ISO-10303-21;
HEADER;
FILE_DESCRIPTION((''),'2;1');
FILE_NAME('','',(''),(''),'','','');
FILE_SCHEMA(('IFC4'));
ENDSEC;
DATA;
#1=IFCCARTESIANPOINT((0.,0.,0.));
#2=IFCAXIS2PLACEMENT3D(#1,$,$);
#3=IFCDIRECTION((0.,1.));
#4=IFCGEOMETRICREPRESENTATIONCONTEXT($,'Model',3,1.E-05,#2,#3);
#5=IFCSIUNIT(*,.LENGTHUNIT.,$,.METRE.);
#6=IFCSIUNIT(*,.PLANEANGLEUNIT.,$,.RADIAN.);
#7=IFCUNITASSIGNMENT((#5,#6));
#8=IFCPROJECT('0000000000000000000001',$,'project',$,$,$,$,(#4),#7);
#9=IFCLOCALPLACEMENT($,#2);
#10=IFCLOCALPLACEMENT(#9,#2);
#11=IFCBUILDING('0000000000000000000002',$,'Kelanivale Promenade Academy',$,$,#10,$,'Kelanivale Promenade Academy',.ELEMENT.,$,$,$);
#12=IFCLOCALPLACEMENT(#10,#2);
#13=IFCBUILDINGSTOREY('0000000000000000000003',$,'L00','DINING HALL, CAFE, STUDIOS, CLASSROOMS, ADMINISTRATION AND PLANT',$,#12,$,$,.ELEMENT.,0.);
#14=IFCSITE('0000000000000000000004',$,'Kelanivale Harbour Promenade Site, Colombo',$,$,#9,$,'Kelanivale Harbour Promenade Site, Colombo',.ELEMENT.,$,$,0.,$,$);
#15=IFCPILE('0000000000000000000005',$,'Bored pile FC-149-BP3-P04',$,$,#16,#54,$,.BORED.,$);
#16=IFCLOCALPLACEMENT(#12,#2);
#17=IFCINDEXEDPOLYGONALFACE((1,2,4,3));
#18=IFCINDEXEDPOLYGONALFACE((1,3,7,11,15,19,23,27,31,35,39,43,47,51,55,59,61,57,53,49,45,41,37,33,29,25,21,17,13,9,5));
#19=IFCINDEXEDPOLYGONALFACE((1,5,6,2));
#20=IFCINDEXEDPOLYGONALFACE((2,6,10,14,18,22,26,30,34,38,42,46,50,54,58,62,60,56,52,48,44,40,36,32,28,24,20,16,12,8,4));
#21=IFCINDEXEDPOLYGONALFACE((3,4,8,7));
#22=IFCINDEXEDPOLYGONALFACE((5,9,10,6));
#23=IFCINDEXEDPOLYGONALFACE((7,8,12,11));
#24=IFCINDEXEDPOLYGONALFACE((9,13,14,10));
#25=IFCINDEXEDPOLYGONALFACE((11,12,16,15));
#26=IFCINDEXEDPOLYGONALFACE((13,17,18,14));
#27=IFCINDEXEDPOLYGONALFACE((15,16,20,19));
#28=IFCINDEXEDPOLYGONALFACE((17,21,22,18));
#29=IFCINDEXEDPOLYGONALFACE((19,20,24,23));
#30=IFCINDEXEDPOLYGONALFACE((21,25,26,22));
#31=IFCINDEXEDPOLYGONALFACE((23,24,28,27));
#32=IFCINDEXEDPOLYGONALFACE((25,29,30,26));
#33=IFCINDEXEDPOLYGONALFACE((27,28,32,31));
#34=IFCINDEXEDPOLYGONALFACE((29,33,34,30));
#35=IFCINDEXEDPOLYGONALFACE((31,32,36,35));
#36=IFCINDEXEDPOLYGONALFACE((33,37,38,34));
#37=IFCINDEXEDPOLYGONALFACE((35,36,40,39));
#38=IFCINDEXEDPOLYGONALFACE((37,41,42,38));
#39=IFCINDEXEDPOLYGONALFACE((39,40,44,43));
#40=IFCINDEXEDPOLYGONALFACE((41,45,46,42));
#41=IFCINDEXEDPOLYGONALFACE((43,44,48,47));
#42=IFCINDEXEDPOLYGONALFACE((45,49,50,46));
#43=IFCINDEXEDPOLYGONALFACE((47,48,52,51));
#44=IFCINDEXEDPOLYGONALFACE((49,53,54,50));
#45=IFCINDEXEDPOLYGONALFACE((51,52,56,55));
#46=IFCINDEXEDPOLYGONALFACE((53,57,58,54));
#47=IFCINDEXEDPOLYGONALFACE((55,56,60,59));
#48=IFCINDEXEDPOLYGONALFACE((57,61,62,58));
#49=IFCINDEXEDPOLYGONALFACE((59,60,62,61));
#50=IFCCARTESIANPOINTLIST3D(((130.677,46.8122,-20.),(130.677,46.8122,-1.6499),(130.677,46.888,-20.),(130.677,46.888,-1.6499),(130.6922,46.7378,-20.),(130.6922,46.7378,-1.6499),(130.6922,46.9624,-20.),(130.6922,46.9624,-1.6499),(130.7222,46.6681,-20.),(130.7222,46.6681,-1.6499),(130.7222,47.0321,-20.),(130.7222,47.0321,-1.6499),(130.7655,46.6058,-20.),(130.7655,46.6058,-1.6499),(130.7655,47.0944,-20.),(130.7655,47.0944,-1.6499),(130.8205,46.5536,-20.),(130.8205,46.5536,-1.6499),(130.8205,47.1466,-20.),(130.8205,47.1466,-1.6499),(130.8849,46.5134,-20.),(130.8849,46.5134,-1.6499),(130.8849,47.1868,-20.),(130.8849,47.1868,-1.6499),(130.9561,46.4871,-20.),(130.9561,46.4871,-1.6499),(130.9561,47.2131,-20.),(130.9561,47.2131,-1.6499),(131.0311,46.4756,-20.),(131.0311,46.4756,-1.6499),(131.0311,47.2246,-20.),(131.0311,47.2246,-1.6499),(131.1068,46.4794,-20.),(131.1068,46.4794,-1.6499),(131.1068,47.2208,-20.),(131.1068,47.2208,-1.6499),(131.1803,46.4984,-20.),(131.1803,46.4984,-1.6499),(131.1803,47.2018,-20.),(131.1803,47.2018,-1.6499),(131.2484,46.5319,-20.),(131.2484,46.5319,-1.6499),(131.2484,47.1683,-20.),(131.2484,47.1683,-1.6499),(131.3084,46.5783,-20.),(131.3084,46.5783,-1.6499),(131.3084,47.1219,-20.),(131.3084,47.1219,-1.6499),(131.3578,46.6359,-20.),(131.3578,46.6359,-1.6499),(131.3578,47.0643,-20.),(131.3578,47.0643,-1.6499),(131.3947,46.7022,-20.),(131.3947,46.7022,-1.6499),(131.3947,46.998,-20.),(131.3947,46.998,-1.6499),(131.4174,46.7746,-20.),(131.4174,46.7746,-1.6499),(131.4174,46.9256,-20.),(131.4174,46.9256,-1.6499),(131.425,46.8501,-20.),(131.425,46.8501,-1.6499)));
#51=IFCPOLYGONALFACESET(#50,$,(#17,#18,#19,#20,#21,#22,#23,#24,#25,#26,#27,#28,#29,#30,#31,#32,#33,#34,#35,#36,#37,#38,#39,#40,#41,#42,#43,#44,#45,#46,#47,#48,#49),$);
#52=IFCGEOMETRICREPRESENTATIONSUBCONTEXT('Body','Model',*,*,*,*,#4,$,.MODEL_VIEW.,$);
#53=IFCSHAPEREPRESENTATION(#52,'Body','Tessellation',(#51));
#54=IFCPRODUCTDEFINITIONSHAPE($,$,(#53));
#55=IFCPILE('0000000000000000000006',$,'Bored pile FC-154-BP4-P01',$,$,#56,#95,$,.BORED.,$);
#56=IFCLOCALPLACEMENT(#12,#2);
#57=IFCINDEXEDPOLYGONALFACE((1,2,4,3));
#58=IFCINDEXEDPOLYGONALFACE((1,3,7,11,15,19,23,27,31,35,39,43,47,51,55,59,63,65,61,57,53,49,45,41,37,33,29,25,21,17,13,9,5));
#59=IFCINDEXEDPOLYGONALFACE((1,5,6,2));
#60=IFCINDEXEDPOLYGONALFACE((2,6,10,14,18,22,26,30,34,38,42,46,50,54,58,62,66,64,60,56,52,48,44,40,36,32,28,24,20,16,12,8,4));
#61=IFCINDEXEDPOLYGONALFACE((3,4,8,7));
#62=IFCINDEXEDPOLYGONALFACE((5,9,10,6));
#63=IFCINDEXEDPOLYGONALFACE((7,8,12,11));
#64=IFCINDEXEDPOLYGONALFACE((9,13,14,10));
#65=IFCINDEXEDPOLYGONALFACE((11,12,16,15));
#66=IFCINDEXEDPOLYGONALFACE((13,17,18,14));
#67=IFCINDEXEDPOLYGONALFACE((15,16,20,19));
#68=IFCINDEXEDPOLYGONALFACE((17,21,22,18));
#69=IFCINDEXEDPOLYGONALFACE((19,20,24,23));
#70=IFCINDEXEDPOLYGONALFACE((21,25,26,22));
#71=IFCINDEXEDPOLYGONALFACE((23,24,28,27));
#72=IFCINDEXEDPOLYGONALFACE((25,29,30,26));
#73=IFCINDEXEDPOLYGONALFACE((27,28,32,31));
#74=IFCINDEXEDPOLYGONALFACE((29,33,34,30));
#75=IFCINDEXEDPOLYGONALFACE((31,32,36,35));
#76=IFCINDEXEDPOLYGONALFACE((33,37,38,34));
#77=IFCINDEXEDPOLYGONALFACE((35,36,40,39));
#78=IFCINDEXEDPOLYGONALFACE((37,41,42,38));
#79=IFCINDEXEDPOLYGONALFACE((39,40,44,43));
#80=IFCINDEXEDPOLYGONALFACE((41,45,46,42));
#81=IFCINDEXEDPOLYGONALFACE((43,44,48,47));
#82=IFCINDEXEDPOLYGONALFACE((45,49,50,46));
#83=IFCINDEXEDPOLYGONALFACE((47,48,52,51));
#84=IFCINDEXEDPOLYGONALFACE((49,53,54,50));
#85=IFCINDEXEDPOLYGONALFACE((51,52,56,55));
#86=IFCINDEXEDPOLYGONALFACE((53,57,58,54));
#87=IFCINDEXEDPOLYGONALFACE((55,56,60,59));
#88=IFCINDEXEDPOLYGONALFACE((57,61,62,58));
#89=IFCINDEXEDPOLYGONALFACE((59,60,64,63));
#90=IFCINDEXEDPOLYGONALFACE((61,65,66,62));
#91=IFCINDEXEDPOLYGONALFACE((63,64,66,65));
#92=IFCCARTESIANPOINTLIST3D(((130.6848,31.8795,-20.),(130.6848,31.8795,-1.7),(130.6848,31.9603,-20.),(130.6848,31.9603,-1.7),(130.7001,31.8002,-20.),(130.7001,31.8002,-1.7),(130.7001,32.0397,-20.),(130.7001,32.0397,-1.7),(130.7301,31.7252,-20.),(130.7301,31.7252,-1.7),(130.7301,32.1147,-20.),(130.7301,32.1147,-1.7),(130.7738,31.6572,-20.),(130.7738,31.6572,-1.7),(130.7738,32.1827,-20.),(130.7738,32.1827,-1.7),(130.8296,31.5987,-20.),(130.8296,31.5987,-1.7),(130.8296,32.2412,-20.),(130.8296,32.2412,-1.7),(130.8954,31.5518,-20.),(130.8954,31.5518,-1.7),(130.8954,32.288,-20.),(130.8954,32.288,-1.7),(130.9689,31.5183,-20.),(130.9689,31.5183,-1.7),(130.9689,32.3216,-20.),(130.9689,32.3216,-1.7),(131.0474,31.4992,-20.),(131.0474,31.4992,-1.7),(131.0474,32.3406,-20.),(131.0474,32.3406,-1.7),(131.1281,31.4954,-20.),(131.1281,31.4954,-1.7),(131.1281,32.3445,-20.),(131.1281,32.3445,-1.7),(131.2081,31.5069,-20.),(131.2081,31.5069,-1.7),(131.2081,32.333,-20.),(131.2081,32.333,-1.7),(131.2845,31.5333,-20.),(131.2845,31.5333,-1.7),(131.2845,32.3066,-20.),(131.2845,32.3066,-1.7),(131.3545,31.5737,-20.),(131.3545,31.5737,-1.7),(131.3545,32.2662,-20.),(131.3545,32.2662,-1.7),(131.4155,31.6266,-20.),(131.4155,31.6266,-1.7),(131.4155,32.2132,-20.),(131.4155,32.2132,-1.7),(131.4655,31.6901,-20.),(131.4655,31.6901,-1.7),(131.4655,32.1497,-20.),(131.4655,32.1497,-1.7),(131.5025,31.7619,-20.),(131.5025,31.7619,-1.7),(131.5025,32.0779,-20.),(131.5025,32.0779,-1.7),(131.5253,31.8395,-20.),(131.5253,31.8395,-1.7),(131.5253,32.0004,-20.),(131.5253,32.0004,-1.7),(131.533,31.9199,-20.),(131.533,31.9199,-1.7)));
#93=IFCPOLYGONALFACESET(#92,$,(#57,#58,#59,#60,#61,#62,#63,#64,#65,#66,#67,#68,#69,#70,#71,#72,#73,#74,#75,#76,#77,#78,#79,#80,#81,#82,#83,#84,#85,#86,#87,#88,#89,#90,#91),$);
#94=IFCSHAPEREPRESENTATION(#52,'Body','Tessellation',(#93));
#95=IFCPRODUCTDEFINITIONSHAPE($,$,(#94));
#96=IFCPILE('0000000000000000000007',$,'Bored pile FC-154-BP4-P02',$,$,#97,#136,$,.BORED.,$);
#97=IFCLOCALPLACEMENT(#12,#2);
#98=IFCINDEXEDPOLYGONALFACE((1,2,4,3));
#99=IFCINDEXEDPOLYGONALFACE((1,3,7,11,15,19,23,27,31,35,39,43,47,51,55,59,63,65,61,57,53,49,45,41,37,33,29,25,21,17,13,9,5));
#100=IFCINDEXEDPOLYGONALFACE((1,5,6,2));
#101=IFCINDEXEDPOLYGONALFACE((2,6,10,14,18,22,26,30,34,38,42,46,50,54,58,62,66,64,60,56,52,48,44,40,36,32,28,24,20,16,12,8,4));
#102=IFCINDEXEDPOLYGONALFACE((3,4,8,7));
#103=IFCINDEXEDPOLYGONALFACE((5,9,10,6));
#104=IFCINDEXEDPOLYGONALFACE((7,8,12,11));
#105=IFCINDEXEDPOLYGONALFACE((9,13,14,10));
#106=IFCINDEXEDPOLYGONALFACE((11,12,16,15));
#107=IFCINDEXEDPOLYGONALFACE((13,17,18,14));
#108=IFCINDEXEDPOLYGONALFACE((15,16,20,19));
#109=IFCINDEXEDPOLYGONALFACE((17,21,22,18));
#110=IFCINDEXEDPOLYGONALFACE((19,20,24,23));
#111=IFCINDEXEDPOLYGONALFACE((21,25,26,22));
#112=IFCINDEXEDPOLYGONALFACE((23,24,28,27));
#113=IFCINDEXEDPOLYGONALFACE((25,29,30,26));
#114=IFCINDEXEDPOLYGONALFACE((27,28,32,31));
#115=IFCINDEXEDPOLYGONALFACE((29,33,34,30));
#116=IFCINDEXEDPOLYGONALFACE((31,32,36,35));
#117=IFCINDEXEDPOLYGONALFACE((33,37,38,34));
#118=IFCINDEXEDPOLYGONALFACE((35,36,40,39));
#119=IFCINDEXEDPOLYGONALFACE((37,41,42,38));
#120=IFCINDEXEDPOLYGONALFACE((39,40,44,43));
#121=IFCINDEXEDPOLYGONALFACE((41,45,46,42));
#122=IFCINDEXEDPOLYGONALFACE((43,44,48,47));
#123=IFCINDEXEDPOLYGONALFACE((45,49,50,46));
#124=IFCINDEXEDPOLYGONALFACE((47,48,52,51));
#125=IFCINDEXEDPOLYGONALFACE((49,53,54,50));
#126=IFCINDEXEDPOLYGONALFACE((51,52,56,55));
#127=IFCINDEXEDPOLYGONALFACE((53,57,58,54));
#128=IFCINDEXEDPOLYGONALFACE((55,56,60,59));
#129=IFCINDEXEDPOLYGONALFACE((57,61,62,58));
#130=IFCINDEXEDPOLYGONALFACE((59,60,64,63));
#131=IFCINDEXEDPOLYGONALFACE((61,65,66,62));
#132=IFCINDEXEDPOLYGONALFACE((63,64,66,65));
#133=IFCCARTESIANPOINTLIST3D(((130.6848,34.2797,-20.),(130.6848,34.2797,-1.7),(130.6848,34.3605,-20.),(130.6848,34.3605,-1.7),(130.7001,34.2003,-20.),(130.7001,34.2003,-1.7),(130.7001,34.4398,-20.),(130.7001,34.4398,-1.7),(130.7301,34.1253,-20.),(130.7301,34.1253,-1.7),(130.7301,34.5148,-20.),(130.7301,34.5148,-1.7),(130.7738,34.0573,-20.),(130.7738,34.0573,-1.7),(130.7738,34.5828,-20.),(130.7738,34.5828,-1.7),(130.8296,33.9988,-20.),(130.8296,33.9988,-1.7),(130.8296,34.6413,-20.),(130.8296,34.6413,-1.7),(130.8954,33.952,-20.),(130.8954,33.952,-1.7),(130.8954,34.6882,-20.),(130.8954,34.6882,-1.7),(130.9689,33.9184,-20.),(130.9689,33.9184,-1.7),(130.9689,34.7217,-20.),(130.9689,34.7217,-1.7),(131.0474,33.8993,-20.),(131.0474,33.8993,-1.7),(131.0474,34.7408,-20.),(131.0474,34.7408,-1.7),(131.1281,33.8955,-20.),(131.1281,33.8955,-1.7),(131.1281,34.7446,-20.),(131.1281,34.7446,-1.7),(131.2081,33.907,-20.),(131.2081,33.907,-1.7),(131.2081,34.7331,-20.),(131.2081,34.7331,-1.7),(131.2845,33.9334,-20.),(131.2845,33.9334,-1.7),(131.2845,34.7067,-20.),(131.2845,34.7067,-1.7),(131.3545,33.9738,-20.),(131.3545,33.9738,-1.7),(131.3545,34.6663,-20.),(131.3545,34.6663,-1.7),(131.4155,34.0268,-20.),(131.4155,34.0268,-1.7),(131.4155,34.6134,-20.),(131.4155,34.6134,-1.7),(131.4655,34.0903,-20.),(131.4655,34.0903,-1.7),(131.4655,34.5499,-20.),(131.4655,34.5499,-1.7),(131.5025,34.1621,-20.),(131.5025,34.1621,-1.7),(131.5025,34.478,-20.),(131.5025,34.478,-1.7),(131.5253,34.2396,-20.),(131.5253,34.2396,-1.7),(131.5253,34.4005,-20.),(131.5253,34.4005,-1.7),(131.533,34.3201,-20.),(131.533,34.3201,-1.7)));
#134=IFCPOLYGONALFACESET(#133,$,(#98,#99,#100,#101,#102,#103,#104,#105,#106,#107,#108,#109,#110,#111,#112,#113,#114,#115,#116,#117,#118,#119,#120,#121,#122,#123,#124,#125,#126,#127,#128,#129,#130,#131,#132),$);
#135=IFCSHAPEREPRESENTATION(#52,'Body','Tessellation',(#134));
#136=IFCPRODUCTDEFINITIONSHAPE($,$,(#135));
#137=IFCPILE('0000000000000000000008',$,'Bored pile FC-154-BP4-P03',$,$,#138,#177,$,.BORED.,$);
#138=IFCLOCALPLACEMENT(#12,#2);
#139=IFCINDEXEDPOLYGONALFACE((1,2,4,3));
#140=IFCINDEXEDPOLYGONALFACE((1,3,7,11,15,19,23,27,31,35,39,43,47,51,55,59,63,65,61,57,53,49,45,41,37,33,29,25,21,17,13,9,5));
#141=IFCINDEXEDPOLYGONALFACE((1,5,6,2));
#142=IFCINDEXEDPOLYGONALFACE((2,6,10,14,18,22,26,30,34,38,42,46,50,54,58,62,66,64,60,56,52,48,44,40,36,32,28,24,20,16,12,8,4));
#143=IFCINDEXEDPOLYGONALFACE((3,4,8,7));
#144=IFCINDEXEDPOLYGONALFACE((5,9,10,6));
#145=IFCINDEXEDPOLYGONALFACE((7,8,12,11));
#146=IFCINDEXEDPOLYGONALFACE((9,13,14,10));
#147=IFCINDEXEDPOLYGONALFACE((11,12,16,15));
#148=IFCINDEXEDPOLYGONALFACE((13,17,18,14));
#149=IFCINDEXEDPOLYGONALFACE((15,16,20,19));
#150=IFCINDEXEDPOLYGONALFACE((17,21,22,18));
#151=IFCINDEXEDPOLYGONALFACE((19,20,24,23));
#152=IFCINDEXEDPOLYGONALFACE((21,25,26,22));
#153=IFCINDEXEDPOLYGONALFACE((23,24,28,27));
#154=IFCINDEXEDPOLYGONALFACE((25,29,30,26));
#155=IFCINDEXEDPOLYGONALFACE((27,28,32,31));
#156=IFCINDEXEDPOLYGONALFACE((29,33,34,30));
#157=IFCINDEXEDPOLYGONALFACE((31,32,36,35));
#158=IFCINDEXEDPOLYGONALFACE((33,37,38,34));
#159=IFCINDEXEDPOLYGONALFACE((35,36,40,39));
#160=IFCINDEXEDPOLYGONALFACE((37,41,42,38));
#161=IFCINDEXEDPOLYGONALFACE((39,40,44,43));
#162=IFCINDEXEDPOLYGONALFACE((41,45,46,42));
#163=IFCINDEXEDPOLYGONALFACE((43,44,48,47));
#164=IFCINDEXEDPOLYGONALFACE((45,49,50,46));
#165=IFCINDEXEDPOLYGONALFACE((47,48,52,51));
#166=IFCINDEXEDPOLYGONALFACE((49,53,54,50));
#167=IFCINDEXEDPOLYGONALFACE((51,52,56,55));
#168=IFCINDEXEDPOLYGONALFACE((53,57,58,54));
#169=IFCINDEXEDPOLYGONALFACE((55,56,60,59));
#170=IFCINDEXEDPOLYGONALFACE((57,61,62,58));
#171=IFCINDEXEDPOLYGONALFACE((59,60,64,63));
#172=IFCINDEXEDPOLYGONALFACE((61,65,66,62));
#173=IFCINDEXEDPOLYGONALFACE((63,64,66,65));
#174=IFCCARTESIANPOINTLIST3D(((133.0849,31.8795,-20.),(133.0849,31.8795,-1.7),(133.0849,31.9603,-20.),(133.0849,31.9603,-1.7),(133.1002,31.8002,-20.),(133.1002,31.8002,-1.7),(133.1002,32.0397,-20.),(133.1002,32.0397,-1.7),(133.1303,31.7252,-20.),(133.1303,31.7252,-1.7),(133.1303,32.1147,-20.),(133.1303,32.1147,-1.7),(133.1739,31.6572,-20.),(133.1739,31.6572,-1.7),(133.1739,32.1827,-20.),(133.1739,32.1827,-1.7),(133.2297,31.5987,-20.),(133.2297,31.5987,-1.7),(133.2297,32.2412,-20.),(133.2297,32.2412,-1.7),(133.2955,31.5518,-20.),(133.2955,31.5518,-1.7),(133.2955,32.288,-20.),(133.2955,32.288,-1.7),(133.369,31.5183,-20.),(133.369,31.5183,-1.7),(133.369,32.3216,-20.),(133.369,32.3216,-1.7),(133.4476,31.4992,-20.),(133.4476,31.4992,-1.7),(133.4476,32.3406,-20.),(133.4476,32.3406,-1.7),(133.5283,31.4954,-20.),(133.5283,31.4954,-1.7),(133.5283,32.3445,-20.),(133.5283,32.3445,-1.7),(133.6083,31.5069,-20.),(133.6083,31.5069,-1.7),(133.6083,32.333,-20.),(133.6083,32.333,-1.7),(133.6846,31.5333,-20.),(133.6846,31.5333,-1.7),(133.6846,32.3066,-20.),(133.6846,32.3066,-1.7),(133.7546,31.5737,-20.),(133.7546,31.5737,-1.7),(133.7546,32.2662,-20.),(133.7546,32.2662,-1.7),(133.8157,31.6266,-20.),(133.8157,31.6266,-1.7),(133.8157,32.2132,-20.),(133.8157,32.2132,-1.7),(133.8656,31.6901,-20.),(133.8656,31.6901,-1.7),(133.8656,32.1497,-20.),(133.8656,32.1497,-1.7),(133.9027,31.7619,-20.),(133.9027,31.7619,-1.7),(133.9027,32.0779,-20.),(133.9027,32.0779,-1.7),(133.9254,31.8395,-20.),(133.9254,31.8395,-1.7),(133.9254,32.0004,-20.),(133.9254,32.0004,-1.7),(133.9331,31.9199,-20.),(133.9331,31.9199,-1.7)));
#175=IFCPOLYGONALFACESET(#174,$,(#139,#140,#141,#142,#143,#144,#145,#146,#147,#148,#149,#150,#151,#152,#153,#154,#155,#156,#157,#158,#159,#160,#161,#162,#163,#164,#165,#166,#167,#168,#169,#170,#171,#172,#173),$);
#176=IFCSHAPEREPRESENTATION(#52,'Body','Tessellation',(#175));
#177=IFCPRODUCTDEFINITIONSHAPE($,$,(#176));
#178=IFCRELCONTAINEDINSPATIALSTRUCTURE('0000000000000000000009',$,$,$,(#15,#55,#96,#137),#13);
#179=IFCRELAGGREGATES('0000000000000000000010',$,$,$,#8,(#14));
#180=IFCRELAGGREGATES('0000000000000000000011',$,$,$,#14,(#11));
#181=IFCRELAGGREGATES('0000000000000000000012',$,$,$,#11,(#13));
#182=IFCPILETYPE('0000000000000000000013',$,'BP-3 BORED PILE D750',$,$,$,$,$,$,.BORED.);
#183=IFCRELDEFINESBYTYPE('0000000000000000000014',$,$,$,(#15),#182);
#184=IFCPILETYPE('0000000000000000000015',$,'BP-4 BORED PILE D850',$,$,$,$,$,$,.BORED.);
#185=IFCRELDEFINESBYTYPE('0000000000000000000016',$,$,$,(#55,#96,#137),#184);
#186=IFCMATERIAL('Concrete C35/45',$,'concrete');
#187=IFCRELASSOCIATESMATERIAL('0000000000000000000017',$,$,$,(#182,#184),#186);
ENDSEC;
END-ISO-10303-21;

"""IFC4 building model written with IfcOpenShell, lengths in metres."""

from ifc_helpers import new_model, si_unit, direction, frame, origin, origin_2d, place, context, subcontext, project, spatial, circle, extrude, material, material_profile, profile_set, type_object, element, save


model = new_model("IFC4")

# Units and contexts
model_context = context("Model", 3, precision=1e-05, world=origin(), true_north=direction((0.0, 1.0)))
body_context = subcontext(model_context, "Body", "Model", "MODEL_VIEW")
ifc_project = project(units=[si_unit("LENGTHUNIT", "METRE"), si_unit("PLANEANGLEUNIT", "RADIAN")], contexts=[model_context])

# Site, building, storey
site_placement = place(None, origin())
site = spatial("IfcSite", under=ifc_project, at=site_placement, Name="Kelanivale Harbour Promenade Site, Colombo", LongName="Kelanivale Harbour Promenade Site, Colombo", CompositionType="ELEMENT", RefElevation=0.0)
building_placement = place(site_placement, origin())
building = spatial("IfcBuilding", under=site, at=building_placement, Name="Kelanivale Promenade Academy", LongName="Kelanivale Promenade Academy", CompositionType="ELEMENT")
storey_placement = place(building_placement, origin())
storey = spatial("IfcBuildingStorey", under=building, at=storey_placement, Name="L00", Description="DINING HALL, CAFE, STUDIOS, CLASSROOMS, ADMINISTRATION AND PLANT", CompositionType="ELEMENT", Elevation=0.0)

# Piles
ifc_material_1 = material(Name="Concrete C35/45", Category="concrete")
ifc_material_profile_1 = material_profile(ifc_material_1, circle(Radius=0.375, at=origin_2d()), Name="BORED PILE D750")
ifc_profile_set_1 = profile_set([ifc_material_profile_1], Name="Concrete C35/45")
pile_type_1 = type_object("IfcPileType", Name="BP-3 BORED PILE D750", PredefinedType="BORED", material=ifc_profile_set_1)
for number, where, z_axis, x_axis, name in (
    (1, (131.05, 46.8501, -1.6499), (0.0, 0.0, -1.0), (1.0, 0.0, 0.0), "Bored pile FC-149-BP3-P04"),
):
    element("IfcPile", number, at=place(storey_placement, frame(where, z_axis=z_axis, x_axis=x_axis)), inside=storey, type_object=pile_type_1, Name=name, PredefinedType="BORED", context=body_context, shape_type="SweptSolid", body=[
        extrude(circle(Radius=0.375, at=origin_2d()), origin(), (0.0, 0.0, 1.0), 18.3501),
    ])
ifc_material_profile_2 = material_profile(ifc_material_1, circle(Radius=0.425, at=origin_2d()), Name="BORED PILE D850")
ifc_profile_set_2 = profile_set([ifc_material_profile_2], Name="Concrete C35/45")
pile_type_2 = type_object("IfcPileType", Name="BP-4 BORED PILE D850", PredefinedType="BORED", material=ifc_profile_set_2)
for number, where, z_axis, x_axis, name in (
    (2, (131.1079, 31.9199, -1.7), (0.0, 0.0, -1.0), (1.0, 0.0, 0.0), "Bored pile FC-154-BP4-P01"),
    (3, (131.1079, 34.3201, -1.7), (0.0, 0.0, -1.0), (1.0, 0.0, 0.0), "Bored pile FC-154-BP4-P02"),
    (4, (133.5081, 31.9199, -1.7), (0.0, 0.0, -1.0), (1.0, 0.0, 0.0), "Bored pile FC-154-BP4-P03"),
):
    element("IfcPile", number, at=place(storey_placement, frame(where, z_axis=z_axis, x_axis=x_axis)), inside=storey, type_object=pile_type_2, Name=name, PredefinedType="BORED", context=body_context, shape_type="SweptSolid", body=[
        extrude(circle(Radius=0.425, at=origin_2d()), origin(), (0.0, 0.0, 1.0), 18.3),
    ])

save(model, "model.ifc")
